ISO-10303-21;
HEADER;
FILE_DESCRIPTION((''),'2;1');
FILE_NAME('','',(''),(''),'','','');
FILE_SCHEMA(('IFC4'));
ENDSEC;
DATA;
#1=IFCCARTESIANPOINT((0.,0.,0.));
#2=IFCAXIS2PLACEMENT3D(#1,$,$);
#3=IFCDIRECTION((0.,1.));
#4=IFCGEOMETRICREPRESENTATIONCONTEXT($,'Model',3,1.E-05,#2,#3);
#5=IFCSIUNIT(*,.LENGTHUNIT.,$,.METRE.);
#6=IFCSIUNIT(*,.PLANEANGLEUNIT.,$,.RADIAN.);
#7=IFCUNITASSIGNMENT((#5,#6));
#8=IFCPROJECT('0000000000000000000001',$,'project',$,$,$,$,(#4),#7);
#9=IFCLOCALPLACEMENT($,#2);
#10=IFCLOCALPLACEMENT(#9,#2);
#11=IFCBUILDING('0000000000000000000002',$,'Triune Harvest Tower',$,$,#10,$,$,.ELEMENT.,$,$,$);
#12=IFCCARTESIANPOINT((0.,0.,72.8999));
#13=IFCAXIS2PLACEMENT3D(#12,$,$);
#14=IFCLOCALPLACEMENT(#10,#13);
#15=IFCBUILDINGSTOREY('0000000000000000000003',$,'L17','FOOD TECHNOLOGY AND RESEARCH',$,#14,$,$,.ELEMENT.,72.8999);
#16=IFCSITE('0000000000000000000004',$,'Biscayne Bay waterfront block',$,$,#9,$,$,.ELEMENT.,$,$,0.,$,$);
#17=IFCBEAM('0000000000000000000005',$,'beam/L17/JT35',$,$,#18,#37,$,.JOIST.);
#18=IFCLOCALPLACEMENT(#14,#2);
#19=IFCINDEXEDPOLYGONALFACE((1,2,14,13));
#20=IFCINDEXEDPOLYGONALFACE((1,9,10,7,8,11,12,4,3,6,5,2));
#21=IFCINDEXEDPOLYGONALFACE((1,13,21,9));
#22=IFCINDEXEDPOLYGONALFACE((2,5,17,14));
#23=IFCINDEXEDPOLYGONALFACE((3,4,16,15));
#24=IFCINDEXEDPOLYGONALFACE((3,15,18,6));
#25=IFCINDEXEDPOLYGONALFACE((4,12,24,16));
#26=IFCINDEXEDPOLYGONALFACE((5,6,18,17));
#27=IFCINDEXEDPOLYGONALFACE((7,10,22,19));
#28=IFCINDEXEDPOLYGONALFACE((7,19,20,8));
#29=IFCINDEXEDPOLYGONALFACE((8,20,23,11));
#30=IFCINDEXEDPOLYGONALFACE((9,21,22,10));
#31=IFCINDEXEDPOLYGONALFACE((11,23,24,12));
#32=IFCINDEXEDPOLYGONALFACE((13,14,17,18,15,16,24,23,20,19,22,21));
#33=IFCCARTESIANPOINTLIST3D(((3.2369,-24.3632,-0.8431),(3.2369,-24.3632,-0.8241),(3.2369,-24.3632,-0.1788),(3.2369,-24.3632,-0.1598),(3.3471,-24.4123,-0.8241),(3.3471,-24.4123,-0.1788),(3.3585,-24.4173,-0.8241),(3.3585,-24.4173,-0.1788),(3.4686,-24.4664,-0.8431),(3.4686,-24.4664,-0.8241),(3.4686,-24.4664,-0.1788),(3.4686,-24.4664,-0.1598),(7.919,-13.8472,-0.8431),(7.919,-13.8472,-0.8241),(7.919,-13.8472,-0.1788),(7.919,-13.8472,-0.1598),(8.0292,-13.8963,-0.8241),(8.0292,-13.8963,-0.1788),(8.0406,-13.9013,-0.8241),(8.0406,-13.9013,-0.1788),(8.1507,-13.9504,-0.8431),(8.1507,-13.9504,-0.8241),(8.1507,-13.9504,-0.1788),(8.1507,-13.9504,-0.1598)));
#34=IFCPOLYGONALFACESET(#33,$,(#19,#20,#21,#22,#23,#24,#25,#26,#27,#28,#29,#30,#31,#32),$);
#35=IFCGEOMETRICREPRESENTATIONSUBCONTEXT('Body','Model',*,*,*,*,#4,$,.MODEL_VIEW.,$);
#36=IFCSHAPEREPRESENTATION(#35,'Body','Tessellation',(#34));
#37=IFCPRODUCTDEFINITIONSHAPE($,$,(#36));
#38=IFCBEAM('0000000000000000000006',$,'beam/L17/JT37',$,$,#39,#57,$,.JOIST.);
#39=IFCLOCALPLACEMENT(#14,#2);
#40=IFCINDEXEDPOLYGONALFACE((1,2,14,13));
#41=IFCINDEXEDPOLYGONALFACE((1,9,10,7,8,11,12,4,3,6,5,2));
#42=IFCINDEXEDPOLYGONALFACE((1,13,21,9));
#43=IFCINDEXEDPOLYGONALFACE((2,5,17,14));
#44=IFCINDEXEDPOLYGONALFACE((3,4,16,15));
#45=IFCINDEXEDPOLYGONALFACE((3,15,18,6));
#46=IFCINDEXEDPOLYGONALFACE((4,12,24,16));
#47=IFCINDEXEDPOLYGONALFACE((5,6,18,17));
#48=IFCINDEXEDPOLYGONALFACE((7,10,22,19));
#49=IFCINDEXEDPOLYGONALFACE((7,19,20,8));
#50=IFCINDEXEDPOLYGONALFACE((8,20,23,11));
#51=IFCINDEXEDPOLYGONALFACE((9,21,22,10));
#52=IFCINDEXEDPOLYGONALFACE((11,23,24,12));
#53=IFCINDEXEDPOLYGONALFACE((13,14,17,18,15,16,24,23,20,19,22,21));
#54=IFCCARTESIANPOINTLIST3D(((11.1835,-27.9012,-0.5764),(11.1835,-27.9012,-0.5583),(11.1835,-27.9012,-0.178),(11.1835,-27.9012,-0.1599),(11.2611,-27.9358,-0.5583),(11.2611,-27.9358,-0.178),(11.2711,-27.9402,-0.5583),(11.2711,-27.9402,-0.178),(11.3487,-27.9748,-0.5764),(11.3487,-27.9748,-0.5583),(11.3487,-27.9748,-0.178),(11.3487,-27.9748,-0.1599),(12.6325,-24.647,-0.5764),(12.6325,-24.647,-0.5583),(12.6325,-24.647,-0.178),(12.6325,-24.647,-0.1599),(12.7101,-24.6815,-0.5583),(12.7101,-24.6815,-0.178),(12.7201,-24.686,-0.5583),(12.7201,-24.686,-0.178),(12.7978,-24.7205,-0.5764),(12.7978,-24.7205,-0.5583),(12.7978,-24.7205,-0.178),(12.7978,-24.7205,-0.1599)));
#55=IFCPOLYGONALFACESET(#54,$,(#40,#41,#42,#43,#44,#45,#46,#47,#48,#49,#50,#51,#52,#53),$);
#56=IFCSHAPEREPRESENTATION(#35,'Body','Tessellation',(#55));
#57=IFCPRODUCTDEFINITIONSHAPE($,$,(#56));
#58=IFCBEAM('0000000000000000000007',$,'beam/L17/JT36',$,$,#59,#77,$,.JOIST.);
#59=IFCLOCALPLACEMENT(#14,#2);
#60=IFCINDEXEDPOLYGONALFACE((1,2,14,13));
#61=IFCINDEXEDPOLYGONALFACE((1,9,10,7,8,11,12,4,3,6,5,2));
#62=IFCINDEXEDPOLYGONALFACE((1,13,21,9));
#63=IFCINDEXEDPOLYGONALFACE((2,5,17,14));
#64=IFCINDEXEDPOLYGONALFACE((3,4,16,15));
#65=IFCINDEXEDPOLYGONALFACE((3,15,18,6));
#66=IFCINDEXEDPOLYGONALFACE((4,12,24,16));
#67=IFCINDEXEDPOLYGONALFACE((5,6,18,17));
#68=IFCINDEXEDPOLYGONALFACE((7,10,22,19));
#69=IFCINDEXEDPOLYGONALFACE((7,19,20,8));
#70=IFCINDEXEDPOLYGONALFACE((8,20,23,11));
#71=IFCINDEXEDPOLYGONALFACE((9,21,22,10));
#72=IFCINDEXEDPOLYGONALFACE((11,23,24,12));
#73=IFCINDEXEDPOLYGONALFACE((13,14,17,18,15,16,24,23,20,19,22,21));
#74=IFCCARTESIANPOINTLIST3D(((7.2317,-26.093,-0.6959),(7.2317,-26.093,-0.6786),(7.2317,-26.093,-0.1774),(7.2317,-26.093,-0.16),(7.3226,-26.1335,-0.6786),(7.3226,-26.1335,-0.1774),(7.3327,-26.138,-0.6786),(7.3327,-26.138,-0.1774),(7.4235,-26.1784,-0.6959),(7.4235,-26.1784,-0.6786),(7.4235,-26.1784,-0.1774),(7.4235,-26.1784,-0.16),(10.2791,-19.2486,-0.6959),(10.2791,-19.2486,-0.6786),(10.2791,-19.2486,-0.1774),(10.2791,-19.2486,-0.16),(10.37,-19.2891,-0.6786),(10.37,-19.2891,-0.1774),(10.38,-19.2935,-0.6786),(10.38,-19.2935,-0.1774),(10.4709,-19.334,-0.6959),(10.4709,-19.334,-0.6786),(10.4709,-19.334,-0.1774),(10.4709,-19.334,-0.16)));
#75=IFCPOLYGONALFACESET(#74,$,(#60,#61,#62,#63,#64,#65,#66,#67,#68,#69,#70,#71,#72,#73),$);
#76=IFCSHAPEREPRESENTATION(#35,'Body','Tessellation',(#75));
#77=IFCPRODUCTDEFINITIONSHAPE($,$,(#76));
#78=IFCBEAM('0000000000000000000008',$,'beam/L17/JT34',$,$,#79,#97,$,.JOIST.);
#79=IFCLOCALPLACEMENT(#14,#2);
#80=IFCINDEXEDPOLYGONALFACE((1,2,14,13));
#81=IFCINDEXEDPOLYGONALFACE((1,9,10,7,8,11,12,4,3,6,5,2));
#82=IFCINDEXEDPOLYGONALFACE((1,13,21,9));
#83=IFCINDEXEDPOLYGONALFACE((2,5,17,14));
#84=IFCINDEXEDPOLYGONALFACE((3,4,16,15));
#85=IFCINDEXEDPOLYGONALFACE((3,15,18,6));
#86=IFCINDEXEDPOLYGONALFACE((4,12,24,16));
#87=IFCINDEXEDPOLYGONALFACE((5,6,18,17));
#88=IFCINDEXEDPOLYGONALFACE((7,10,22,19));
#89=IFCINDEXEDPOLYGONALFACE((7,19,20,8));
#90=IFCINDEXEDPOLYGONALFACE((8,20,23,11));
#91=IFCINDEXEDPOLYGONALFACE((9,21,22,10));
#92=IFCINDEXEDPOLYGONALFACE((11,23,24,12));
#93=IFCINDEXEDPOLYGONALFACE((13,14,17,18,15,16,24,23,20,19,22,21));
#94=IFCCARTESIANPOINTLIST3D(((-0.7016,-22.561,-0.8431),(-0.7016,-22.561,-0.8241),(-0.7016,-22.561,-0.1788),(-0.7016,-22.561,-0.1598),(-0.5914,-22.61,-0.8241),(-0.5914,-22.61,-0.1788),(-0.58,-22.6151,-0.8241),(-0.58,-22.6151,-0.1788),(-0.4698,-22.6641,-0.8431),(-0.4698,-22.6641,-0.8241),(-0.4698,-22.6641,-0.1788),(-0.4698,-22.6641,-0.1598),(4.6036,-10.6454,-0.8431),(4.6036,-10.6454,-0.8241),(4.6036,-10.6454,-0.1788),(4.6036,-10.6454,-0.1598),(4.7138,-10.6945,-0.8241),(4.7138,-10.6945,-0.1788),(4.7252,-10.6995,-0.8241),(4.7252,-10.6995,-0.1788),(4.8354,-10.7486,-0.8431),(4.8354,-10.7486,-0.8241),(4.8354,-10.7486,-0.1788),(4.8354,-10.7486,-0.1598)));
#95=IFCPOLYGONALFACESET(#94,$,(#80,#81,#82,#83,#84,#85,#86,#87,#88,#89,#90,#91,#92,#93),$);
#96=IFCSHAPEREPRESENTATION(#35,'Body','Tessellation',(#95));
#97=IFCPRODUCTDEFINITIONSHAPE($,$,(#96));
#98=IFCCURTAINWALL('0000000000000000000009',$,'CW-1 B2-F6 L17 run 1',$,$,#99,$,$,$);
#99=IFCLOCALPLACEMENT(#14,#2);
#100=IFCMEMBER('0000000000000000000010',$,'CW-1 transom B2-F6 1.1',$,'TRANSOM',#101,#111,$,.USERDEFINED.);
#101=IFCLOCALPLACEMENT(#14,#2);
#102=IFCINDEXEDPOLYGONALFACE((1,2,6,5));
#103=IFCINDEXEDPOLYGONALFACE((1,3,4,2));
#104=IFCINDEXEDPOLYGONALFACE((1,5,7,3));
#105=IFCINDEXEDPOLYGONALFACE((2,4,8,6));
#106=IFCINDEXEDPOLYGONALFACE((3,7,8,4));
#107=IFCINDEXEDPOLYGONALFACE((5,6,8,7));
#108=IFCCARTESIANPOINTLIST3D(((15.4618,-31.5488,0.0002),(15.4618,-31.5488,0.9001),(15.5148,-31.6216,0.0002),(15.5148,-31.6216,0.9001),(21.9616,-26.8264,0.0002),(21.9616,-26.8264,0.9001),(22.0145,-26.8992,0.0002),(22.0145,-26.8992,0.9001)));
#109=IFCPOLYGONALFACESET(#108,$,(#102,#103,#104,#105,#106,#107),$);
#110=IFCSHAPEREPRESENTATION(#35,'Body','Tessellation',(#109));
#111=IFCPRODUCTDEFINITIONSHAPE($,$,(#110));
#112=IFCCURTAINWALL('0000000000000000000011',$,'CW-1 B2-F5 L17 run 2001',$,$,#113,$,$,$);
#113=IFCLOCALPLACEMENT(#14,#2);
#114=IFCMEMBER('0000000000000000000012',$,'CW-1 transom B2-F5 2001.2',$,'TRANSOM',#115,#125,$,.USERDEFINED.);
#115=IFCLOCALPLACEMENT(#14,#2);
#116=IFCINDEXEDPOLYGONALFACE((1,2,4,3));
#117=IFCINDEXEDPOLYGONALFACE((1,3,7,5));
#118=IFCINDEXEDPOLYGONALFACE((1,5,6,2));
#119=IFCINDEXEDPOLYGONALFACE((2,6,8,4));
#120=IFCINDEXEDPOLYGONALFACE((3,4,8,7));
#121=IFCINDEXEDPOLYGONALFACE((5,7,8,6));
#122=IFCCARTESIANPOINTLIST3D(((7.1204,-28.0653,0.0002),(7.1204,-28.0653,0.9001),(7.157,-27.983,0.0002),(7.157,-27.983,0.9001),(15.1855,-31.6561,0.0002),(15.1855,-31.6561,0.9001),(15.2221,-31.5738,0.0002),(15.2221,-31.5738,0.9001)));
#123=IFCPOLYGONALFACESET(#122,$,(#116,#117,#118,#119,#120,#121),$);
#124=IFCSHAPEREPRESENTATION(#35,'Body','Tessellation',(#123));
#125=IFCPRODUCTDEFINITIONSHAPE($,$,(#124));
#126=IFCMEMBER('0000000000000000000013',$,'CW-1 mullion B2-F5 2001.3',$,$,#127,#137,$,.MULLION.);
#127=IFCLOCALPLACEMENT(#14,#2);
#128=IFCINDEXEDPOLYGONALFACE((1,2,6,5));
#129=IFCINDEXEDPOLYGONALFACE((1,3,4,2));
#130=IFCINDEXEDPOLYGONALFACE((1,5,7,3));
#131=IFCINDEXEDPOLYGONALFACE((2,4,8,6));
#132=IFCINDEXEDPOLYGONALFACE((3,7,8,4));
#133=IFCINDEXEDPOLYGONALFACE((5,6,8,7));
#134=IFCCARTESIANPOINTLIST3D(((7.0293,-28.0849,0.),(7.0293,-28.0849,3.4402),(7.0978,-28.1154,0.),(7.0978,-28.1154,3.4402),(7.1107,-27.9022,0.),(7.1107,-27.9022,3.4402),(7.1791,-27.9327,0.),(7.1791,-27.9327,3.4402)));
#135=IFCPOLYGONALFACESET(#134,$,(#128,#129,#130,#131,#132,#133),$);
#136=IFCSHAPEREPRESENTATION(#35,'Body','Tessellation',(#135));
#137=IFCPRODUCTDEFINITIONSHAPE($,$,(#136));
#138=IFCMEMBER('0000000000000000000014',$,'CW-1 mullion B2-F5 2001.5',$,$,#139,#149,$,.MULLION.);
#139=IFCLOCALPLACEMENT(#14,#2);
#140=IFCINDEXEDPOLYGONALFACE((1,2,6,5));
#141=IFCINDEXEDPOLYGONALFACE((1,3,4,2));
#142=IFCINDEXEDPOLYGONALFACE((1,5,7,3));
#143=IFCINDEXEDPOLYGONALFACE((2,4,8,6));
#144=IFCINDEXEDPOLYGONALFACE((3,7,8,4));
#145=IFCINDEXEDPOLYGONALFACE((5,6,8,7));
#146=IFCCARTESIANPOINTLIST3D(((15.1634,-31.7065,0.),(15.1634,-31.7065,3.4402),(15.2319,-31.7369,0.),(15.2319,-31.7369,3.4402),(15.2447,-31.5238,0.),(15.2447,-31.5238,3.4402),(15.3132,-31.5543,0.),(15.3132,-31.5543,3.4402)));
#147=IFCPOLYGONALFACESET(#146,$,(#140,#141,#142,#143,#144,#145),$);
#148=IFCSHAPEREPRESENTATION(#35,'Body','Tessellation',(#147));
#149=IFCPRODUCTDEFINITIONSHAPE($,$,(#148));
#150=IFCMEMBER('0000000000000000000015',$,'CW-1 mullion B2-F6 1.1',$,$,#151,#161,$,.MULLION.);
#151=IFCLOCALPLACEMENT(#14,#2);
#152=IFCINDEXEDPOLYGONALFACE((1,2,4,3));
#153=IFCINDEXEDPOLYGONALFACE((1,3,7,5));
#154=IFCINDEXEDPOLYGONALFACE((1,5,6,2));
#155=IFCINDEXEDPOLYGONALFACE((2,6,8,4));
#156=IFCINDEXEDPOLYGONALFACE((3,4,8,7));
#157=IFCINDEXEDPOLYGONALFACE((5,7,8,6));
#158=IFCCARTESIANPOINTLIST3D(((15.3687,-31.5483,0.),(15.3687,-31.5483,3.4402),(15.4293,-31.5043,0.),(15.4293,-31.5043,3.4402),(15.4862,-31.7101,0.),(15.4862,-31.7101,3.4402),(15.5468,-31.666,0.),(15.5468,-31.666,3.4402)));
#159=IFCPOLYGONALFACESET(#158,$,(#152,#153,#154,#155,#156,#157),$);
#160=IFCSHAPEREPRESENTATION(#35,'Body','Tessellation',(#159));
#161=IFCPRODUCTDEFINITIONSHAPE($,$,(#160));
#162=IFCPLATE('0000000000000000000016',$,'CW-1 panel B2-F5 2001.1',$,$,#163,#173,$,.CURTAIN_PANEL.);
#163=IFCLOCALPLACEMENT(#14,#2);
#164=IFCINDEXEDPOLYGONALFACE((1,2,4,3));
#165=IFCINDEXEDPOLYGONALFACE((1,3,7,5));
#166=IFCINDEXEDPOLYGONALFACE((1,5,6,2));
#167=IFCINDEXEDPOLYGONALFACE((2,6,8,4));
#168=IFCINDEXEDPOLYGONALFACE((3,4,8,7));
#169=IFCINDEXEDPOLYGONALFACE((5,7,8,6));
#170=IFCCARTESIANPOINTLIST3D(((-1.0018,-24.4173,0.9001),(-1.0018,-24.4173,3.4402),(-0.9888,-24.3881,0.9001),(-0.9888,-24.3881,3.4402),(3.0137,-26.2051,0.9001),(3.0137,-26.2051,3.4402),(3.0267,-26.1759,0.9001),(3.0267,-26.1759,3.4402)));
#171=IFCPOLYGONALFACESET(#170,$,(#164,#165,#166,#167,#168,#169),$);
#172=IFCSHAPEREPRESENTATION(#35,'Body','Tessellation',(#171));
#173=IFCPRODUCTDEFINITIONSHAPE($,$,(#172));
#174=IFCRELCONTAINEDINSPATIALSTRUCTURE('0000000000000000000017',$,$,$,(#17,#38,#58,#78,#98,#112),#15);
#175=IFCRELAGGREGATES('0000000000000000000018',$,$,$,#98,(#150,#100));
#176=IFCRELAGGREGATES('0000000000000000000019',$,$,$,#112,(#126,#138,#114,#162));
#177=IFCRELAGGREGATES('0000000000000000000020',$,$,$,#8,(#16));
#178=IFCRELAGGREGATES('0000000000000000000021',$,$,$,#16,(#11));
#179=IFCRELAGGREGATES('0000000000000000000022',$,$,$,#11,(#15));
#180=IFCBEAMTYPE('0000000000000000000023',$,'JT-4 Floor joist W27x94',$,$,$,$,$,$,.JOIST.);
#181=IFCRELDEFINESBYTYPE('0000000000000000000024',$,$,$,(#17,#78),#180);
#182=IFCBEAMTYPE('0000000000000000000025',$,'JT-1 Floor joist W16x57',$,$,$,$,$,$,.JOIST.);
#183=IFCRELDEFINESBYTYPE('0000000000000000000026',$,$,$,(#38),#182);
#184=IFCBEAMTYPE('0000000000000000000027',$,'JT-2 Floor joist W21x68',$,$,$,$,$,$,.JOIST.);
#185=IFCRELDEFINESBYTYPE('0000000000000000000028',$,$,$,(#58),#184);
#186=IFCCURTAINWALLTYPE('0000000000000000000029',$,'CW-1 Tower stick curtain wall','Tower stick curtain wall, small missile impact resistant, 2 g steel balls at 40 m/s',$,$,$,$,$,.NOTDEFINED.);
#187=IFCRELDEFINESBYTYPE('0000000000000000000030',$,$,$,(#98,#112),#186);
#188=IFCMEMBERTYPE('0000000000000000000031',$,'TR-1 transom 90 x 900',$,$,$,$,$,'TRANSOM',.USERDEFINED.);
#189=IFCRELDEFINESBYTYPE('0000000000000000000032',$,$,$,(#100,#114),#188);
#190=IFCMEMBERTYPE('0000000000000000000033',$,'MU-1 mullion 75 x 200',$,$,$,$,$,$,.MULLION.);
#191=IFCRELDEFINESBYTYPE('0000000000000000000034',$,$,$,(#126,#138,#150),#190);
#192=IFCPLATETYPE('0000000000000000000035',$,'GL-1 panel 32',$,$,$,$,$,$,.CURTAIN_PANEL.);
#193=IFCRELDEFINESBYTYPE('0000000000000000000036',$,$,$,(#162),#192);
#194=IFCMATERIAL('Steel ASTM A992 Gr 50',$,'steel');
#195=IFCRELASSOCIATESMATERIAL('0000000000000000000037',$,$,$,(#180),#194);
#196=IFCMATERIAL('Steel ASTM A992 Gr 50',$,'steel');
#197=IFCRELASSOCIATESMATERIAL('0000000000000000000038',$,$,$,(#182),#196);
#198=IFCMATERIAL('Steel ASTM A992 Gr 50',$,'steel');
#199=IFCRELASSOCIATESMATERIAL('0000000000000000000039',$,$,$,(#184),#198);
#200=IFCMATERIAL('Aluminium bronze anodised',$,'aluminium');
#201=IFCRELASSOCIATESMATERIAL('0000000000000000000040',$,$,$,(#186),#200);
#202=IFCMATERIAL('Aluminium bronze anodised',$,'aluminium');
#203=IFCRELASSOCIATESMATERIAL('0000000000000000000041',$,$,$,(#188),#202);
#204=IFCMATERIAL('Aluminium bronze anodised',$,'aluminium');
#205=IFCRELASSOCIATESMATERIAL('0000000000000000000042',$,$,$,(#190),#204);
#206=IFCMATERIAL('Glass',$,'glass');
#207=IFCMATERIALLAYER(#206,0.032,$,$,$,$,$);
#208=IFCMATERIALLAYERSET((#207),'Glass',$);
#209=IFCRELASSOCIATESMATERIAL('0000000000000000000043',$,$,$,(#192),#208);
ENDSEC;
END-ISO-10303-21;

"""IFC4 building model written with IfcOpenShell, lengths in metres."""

from ifc_helpers import new_model, si_unit, direction, frame, origin, origin_2d, place, context, subcontext, project, spatial, rectangle, i_section, extrude, source, transform, mapped, material, layer, layer_set, material_profile, profile_set, type_object, element, aggregate, save


model = new_model("IFC4")

# Units and contexts
model_context = context("Model", 3, precision=1e-05, world=origin(), true_north=direction((0.0, 1.0)))
body_context = subcontext(model_context, "Body", "Model", "MODEL_VIEW")
ifc_project = project(units=[si_unit("LENGTHUNIT", "METRE"), si_unit("PLANEANGLEUNIT", "RADIAN")], contexts=[model_context])

# Site, building, storey
site_placement = place(None, origin())
site = spatial("IfcSite", under=ifc_project, at=site_placement, Name="Biscayne Bay waterfront block", CompositionType="ELEMENT", RefElevation=0.0)
building_placement = place(site_placement, origin())
building = spatial("IfcBuilding", under=site, at=building_placement, Name="Triune Harvest Tower", CompositionType="ELEMENT")
storey_placement = place(building_placement, frame((0.0, 0.0, 72.8999)))
storey = spatial("IfcBuildingStorey", under=building, at=storey_placement, Name="L17", Description="FOOD TECHNOLOGY AND RESEARCH", CompositionType="ELEMENT", Elevation=72.8999)

# Beams
ifc_material_1 = material(Name="Steel ASTM A992 Gr 50", Category="steel")
ifc_material_profile_1 = material_profile(ifc_material_1, i_section(OverallWidth=0.2537, OverallDepth=0.6833, WebThickness=0.0125, FlangeThickness=0.019, at=origin_2d()), Name="W27x94")
ifc_profile_set_1 = profile_set([ifc_material_profile_1], Name="Steel ASTM A992 Gr 50")
beam_type_1 = type_object("IfcBeamType", Name="JT-4 Floor joist W27x94", PredefinedType="JOIST", material=ifc_profile_set_1)
shared_shape_1 = source(origin(), body_context, "Body", "SweptSolid", [
    extrude(i_section(OverallWidth=0.2537, OverallDepth=0.6833, WebThickness=0.0125, FlangeThickness=0.019, at=origin_2d()), origin(), (0.0, 0.0, 1.0), 11.5112),
])
beam_1_placement = place(storey_placement, frame((3.3528, -24.4148, -0.5015), z_axis=(0.406741, 0.913544, 0.0), x_axis=(-0.913544, 0.406741, 0.0)))
element("IfcBeam", 1, at=beam_1_placement, inside=storey, type_object=beam_type_1, Name="beam/L17/JT35", PredefinedType="JOIST", context=body_context, shape_type="MappedRepresentation", body=[
    mapped(shared_shape_1, transform((0.0, 0.0, 0.0), scale=1.0)),
])
ifc_material_2 = material(Name="Steel ASTM A992 Gr 50", Category="steel")
ifc_material_profile_2 = material_profile(ifc_material_2, i_section(OverallWidth=0.1809, OverallDepth=0.4165, WebThickness=0.011, FlangeThickness=0.0181, at=origin_2d()), Name="W16x57")
ifc_profile_set_2 = profile_set([ifc_material_profile_2], Name="Steel ASTM A992 Gr 50")
beam_type_2 = type_object("IfcBeamType", Name="JT-1 Floor joist W16x57", PredefinedType="JOIST", material=ifc_profile_set_2)
shared_shape_2 = source(origin(), body_context, "Body", "SweptSolid", [
    extrude(i_section(OverallWidth=0.1809, OverallDepth=0.4165, WebThickness=0.011, FlangeThickness=0.0181, at=origin_2d()), origin(), (0.0, 0.0, 1.0), 3.5623),
])
beam_2_placement = place(storey_placement, frame((11.2661, -27.938, -0.3682), z_axis=(0.406768, 0.913532, 0.0), x_axis=(-0.913532, 0.406768, 0.0)))
element("IfcBeam", 2, at=beam_2_placement, inside=storey, type_object=beam_type_2, Name="beam/L17/JT37", PredefinedType="JOIST", context=body_context, shape_type="MappedRepresentation", body=[
    mapped(shared_shape_2, transform((0.0, 0.0, 0.0), scale=1.0)),
])
ifc_material_3 = material(Name="Steel ASTM A992 Gr 50", Category="steel")
ifc_material_profile_3 = material_profile(ifc_material_3, i_section(OverallWidth=0.21, OverallDepth=0.5359, WebThickness=0.011, FlangeThickness=0.0173, at=origin_2d()), Name="W21x68")
ifc_profile_set_3 = profile_set([ifc_material_profile_3], Name="Steel ASTM A992 Gr 50")
beam_type_3 = type_object("IfcBeamType", Name="JT-2 Floor joist W21x68", PredefinedType="JOIST", material=ifc_profile_set_3)
shared_shape_3 = source(origin(), body_context, "Body", "SweptSolid", [
    extrude(i_section(OverallWidth=0.21, OverallDepth=0.5359, WebThickness=0.011, FlangeThickness=0.0173, at=origin_2d()), origin(), (0.0, 0.0, 1.0), 7.4922),
])
beam_3_placement = place(storey_placement, frame((7.3276, -26.1357, -0.428), z_axis=(0.406737, 0.913545, 0.0), x_axis=(-0.913545, 0.406737, 0.0)))
element("IfcBeam", 3, at=beam_3_placement, inside=storey, type_object=beam_type_3, Name="beam/L17/JT36", PredefinedType="JOIST", context=body_context, shape_type="MappedRepresentation", body=[
    mapped(shared_shape_3, transform((0.0, 0.0, 0.0), scale=1.0)),
])
shared_shape_4 = source(origin(), body_context, "Body", "SweptSolid", [
    extrude(i_section(OverallWidth=0.2537, OverallDepth=0.6833, WebThickness=0.0125, FlangeThickness=0.019, at=origin_2d()), origin(), (0.0, 0.0, 1.0), 13.0432),
])
beam_4_placement = place(storey_placement, frame((-0.5857, -22.6125, -0.5015), z_axis=(0.406739, 0.913544, 0.0), x_axis=(-0.913544, 0.406739, 0.0)))
element("IfcBeam", 4, at=beam_4_placement, inside=storey, type_object=beam_type_1, Name="beam/L17/JT34", PredefinedType="JOIST", context=body_context, shape_type="MappedRepresentation", body=[
    mapped(shared_shape_4, transform((0.0, 0.0, 0.0), scale=1.0)),
])

# Curtain wall, member
ifc_material_4 = material(Name="Aluminium bronze anodised", Category="aluminium")
curtain_wall_type = type_object("IfcCurtainWallType", Name="CW-1 Tower stick curtain wall", Description="Tower stick curtain wall, small missile impact resistant, 2 g steel balls at 40 m/s", PredefinedType="NOTDEFINED", material=ifc_material_4)
curtain_wall_1_placement = place(storey_placement, origin())
curtain_wall_1 = element("IfcCurtainWall", 5, at=curtain_wall_1_placement, inside=storey, type_object=curtain_wall_type, Name="CW-1 B2-F6 L17 run 1")
ifc_material_5 = material(Name="Aluminium bronze anodised", Category="aluminium")
ifc_material_profile_4 = material_profile(ifc_material_5, rectangle(XDim=0.0901, YDim=0.8999, at=origin_2d()), Name="TR-1 transom 90 x 900")
ifc_profile_set_4 = profile_set([ifc_material_profile_4], Name="Aluminium bronze anodised")
member_type_1 = type_object("IfcMemberType", Name="TR-1 transom 90 x 900", ElementType="TRANSOM", PredefinedType="USERDEFINED", material=ifc_profile_set_4)
shared_shape_5 = source(origin(), body_context, "Body", "SweptSolid", [
    extrude(rectangle(XDim=0.0901, YDim=0.8999, at=origin_2d()), origin(), (0.0, 0.0, 1.0), 8.0342),
])
member_1_placement = place(storey_placement, frame((15.4883, -31.5852, 0.4502), z_axis=(0.809013, 0.58779, 0.0), x_axis=(-0.58779, 0.809013, 0.0)))
member_1 = element("IfcMember", 6, at=member_1_placement, type_object=member_type_1, Name="CW-1 transom B2-F6 1.1", ObjectType="TRANSOM", PredefinedType="USERDEFINED", context=body_context, shape_type="MappedRepresentation", body=[
    mapped(shared_shape_5, transform((0.0, 0.0, 0.0), scale=1.0)),
])

# Curtain wall, members
curtain_wall_2_placement = place(storey_placement, origin())
curtain_wall_2 = element("IfcCurtainWall", 7, at=curtain_wall_2_placement, inside=storey, type_object=curtain_wall_type, Name="CW-1 B2-F5 L17 run 2001")
shared_shape_6 = source(origin(), body_context, "Body", "SweptSolid", [
    extrude(rectangle(XDim=0.0901, YDim=0.8999, at=origin_2d()), origin(), (0.0, 0.0, 1.0), 8.8284),
])
member_2_placement = place(storey_placement, frame((7.1387, -28.0242, 0.4502), z_axis=(0.913547, -0.406734, 0.0), x_axis=(0.406734, 0.913547, 0.0)))
member_2 = element("IfcMember", 8, at=member_2_placement, type_object=member_type_1, Name="CW-1 transom B2-F5 2001.2", ObjectType="TRANSOM", PredefinedType="USERDEFINED", context=body_context, shape_type="MappedRepresentation", body=[
    mapped(shared_shape_6, transform((0.0, 0.0, 0.0), scale=1.0)),
])
ifc_material_6 = material(Name="Aluminium bronze anodised", Category="aluminium")
ifc_material_profile_5 = material_profile(ifc_material_6, rectangle(XDim=0.2, YDim=0.075, at=origin_2d()), Name="MU-1 mullion 75 x 200")
ifc_profile_set_5 = profile_set([ifc_material_profile_5], Name="Aluminium bronze anodised")
member_type_2 = type_object("IfcMemberType", Name="MU-1 mullion 75 x 200", PredefinedType="MULLION", material=ifc_profile_set_5)
shared_shape_7 = source(origin(), body_context, "Body", "SweptSolid", [
    extrude(rectangle(XDim=0.2, YDim=0.075, at=origin_2d()), origin(), (0.0, 0.0, 1.0), 3.4402),
])
member_3_placement = place(storey_placement, frame((7.1042, -28.0088, 0.0), z_axis=(0.0, 0.0, 1.0), x_axis=(0.406737, 0.913545, 0.0)))
member_3 = element("IfcMember", 9, at=member_3_placement, type_object=member_type_2, Name="CW-1 mullion B2-F5 2001.3", PredefinedType="MULLION", context=body_context, shape_type="MappedRepresentation", body=[
    mapped(shared_shape_7, transform((0.0, 0.0, 0.0), scale=1.0)),
])
member_4_placement = place(storey_placement, frame((15.2383, -31.6304, 0.0), z_axis=(0.0, 0.0, 1.0), x_axis=(0.406737, 0.913545, 0.0)))
member_4 = element("IfcMember", 10, at=member_4_placement, type_object=member_type_2, Name="CW-1 mullion B2-F5 2001.5", PredefinedType="MULLION", context=body_context, shape_type="MappedRepresentation", body=[
    mapped(shared_shape_7, transform((0.0, 0.0, 0.0), scale=1.0)),
])

# Member
member_5_placement = place(storey_placement, frame((15.4578, -31.6072, 0.0), z_axis=(0.0, 0.0, 1.0), x_axis=(-0.58779, 0.809013, 0.0)))
member_5 = element("IfcMember", 11, at=member_5_placement, type_object=member_type_2, Name="CW-1 mullion B2-F6 1.1", PredefinedType="MULLION", context=body_context, shape_type="MappedRepresentation", body=[
    mapped(shared_shape_7, transform((0.0, 0.0, 0.0), scale=1.0)),
])
aggregate(curtain_wall_1, [member_5, member_1])

# Plate
ifc_material_7 = material(Name="Glass", Category="glass")
ifc_layer_1 = layer(ifc_material_7, 0.032)
ifc_layer_set_1 = layer_set([ifc_layer_1], Name="Glass")
plate_type = type_object("IfcPlateType", Name="GL-1 panel 32", PredefinedType="CURTAIN_PANEL", material=ifc_layer_set_1)
shared_shape_8 = source(origin(), body_context, "Body", "SweptSolid", [
    extrude(rectangle(XDim=4.3955, YDim=0.032, at=origin_2d()), origin(), (0.0, 0.0, 1.0), 2.54),
])
plate_1_placement = place(storey_placement, frame((1.0125, -25.2966, 0.9001), z_axis=(0.0, 0.0, 1.0), x_axis=(0.913545, -0.406737, 0.0)))
plate_1 = element("IfcPlate", 12, at=plate_1_placement, type_object=plate_type, Name="CW-1 panel B2-F5 2001.1", PredefinedType="CURTAIN_PANEL", context=body_context, shape_type="MappedRepresentation", body=[
    mapped(shared_shape_8, transform((0.0, 0.0, 0.0), scale=1.0)),
])
aggregate(curtain_wall_2, [member_3, member_4, member_2, plate_1])

save(model, "model.ifc")
